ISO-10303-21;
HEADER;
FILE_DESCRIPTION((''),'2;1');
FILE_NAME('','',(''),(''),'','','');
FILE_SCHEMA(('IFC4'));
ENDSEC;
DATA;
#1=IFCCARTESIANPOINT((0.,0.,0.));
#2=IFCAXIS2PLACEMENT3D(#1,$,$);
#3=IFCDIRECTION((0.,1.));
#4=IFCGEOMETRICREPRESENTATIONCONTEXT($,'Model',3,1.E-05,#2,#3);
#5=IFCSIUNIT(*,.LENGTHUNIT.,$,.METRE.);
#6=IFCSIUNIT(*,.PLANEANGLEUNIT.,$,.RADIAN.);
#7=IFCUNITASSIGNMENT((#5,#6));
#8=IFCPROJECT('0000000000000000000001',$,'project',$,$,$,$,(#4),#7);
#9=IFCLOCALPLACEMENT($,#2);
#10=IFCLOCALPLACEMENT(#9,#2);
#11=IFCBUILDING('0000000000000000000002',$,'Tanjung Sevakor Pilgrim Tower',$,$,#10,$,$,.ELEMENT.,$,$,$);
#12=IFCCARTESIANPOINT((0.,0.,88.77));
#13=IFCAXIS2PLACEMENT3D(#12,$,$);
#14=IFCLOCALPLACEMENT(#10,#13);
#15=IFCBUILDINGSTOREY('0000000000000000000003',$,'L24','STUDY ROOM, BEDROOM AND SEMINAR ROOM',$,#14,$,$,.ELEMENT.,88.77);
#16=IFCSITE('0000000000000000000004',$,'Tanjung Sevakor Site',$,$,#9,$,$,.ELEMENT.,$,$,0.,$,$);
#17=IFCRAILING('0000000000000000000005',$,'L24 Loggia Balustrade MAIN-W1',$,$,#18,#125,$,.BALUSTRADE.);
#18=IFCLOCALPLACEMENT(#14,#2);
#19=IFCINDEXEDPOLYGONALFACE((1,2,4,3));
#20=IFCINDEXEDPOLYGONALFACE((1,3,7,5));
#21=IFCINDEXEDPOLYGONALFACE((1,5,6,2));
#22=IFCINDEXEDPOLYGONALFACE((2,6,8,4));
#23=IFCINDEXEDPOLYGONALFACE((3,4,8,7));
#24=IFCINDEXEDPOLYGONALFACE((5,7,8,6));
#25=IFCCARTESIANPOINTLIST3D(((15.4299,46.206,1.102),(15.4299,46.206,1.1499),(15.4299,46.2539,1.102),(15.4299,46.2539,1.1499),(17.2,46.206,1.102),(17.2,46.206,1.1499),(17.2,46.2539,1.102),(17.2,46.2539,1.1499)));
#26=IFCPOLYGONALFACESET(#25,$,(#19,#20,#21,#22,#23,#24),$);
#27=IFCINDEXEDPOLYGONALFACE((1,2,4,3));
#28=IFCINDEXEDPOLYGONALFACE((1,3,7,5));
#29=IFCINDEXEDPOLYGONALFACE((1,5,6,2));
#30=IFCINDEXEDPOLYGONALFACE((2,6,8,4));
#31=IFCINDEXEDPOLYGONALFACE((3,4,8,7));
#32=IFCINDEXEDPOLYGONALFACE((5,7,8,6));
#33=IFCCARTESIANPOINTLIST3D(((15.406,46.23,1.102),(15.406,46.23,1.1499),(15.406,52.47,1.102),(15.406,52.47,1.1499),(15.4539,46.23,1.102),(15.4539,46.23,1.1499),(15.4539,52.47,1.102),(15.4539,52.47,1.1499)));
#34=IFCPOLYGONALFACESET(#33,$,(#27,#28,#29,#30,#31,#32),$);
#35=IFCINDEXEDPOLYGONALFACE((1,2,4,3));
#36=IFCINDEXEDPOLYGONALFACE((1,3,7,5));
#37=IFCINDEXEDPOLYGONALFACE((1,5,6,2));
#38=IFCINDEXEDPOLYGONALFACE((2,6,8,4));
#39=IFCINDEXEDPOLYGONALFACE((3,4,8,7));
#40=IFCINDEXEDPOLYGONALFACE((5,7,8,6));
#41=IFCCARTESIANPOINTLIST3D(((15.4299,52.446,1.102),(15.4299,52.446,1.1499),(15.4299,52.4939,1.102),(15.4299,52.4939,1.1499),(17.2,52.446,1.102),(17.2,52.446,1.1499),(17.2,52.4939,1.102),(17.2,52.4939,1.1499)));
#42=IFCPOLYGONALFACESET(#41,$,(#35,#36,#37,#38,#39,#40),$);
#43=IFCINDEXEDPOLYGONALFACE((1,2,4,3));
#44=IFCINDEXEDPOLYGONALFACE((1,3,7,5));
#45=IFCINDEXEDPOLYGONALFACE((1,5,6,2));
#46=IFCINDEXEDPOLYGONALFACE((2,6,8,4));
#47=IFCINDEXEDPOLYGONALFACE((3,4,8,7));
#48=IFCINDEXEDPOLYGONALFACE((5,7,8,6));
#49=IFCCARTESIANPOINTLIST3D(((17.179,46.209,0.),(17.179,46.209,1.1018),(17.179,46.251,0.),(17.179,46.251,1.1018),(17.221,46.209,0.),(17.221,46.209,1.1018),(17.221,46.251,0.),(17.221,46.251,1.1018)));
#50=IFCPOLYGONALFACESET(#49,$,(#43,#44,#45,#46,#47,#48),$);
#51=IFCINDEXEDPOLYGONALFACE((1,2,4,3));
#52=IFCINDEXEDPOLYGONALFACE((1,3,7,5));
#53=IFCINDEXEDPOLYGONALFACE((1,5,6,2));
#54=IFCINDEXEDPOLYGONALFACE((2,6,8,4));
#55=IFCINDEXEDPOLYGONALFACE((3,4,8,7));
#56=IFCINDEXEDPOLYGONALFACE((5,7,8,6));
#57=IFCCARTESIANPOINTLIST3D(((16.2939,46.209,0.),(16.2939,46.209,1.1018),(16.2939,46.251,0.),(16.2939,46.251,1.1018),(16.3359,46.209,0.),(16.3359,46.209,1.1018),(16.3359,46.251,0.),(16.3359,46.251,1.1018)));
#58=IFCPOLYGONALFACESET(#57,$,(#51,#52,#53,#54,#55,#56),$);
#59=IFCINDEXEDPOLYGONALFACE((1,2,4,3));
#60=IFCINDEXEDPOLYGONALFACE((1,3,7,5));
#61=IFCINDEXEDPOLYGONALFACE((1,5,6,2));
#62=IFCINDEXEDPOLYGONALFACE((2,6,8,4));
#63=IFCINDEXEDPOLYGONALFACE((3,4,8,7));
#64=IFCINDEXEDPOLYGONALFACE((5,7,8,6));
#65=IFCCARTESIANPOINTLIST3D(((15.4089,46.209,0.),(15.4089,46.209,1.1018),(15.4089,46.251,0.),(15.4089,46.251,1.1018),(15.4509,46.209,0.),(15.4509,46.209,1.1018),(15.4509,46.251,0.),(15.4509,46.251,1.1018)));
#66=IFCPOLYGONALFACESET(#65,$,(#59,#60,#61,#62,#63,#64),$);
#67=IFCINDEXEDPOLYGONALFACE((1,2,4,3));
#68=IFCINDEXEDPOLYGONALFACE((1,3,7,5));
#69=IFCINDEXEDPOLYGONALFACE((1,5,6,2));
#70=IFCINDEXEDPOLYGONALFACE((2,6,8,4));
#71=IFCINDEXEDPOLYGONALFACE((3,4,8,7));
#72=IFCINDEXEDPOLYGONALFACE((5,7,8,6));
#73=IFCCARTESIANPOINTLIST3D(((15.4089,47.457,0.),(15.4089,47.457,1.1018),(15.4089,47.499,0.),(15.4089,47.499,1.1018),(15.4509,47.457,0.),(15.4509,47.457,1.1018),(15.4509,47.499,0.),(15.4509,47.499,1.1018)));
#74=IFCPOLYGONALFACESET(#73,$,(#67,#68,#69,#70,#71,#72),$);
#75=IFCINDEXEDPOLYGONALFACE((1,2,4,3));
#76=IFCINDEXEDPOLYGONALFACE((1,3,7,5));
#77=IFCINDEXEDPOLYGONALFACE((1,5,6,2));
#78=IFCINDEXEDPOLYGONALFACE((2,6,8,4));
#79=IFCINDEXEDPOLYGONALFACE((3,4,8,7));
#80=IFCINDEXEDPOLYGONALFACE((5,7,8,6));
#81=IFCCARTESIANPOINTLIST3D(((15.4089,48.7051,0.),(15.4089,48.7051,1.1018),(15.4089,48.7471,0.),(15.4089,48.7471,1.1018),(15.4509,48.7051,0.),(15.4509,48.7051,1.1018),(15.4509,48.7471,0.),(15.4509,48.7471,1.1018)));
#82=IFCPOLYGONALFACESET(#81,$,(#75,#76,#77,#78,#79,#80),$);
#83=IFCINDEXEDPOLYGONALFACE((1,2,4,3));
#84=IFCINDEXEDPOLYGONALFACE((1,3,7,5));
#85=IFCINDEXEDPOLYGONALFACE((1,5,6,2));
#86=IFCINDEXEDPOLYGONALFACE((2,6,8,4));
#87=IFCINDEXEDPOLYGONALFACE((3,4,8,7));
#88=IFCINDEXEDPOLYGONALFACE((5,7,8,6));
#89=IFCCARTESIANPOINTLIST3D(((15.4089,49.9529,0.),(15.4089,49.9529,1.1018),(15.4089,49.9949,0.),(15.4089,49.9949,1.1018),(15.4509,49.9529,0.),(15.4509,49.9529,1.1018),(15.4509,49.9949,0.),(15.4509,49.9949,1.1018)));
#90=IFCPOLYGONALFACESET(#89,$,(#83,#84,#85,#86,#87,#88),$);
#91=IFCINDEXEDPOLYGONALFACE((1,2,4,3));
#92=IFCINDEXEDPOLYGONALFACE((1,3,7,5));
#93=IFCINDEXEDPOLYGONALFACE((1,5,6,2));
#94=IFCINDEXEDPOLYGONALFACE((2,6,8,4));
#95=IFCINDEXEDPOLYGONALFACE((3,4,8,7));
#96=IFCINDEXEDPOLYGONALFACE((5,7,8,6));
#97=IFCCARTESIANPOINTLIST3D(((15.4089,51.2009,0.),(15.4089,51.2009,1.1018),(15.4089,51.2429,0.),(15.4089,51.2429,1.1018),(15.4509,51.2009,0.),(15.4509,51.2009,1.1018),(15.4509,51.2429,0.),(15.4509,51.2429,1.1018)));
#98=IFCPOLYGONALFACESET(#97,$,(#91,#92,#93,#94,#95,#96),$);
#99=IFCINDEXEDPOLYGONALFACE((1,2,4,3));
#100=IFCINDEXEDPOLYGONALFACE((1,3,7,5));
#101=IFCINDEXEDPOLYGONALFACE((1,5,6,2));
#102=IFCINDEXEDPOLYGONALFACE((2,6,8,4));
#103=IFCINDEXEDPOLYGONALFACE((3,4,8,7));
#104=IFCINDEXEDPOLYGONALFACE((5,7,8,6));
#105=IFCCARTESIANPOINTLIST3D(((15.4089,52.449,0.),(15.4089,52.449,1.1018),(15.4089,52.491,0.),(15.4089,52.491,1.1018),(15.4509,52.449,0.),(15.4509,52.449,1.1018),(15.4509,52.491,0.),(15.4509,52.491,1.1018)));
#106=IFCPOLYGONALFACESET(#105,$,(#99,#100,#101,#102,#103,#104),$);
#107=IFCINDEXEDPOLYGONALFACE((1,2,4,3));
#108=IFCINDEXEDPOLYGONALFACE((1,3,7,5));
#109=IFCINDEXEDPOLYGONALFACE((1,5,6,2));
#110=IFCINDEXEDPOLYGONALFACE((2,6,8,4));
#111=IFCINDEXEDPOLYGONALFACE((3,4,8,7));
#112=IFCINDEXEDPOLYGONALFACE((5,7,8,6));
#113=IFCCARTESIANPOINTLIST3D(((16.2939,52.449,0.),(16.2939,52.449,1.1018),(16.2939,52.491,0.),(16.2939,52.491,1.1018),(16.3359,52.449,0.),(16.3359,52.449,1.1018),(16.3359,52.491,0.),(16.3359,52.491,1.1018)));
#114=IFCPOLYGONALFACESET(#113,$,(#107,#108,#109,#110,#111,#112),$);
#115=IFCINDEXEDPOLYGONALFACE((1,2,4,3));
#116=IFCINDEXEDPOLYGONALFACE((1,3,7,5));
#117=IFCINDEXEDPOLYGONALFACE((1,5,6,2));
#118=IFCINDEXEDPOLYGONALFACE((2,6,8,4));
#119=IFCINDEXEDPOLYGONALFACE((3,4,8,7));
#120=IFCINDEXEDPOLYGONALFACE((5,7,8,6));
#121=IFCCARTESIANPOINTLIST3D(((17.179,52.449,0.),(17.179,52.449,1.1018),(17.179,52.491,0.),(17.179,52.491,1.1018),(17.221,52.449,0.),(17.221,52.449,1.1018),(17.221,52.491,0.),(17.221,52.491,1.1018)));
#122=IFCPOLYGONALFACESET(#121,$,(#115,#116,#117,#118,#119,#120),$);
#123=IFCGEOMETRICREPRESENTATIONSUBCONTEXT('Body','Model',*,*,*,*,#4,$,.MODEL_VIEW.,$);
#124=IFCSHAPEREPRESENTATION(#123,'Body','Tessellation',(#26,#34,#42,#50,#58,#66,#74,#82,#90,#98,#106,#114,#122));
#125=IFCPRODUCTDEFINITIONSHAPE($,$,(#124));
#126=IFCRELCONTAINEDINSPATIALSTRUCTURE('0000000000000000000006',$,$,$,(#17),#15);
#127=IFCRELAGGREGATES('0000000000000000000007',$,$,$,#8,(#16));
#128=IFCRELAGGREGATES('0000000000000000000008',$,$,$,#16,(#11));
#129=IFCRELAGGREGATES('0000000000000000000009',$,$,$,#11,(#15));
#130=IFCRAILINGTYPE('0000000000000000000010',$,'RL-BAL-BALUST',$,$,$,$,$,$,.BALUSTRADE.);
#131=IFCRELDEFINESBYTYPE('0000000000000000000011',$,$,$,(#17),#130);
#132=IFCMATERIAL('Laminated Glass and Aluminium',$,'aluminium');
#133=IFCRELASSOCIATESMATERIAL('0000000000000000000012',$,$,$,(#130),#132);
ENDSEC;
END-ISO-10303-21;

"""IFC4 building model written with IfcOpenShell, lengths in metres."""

from ifc_helpers import new_model, si_unit, direction, frame, origin, place, context, subcontext, project, spatial, rectangle, extrude, material, type_object, element, save


model = new_model("IFC4")

# Units and contexts
model_context = context("Model", 3, precision=1e-05, world=origin(), true_north=direction((0.0, 1.0)))
body_context = subcontext(model_context, "Body", "Model", "MODEL_VIEW")
ifc_project = project(units=[si_unit("LENGTHUNIT", "METRE"), si_unit("PLANEANGLEUNIT", "RADIAN")], contexts=[model_context])

# Site, building, storey
site_placement = place(None, origin())
site = spatial("IfcSite", under=ifc_project, at=site_placement, Name="Tanjung Sevakor Site", CompositionType="ELEMENT", RefElevation=0.0)
building_placement = place(site_placement, origin())
building = spatial("IfcBuilding", under=site, at=building_placement, Name="Tanjung Sevakor Pilgrim Tower", CompositionType="ELEMENT")
storey_placement = place(building_placement, frame((0.0, 0.0, 88.77)))
storey = spatial("IfcBuildingStorey", under=building, at=storey_placement, Name="L24", Description="STUDY ROOM, BEDROOM AND SEMINAR ROOM", CompositionType="ELEMENT", Elevation=88.77)

# Railing
ifc_material_1 = material(Name="Laminated Glass and Aluminium", Category="aluminium")
railing_type = type_object("IfcRailingType", Name="RL-BAL-BALUST", PredefinedType="BALUSTRADE", material=ifc_material_1)
railing_1_placement = place(storey_placement, frame((17.2, 46.23, 0.0)))
element("IfcRailing", 1, at=railing_1_placement, inside=storey, type_object=railing_type, Name="L24 Loggia Balustrade MAIN-W1", PredefinedType="BALUSTRADE", context=body_context, shape_type="SweptSolid", body=[
    extrude(rectangle(XDim=0.0479, YDim=0.0479), frame((0.0, 0.0, 1.126), z_axis=(-1.0, 0.0, 0.0), x_axis=(0.0, -1.0, 0.0)), (0.0, 0.0, 1.0), 1.77),
    extrude(rectangle(XDim=0.0479, YDim=0.0479), frame((-1.77, 0.0, 1.126), z_axis=(0.0, 1.0, 0.0), x_axis=(-1.0, 0.0, 0.0)), (0.0, 0.0, 1.0), 6.24),
    extrude(rectangle(XDim=0.0479, YDim=0.0479), frame((-1.77, 6.24, 1.126), z_axis=(1.0, 0.0, 0.0), x_axis=(0.0, 1.0, 0.0)), (0.0, 0.0, 1.0), 1.77),
    extrude(rectangle(XDim=0.042, YDim=0.042), origin(), (0.0, 0.0, 1.0), 1.1018),
    extrude(rectangle(XDim=0.042, YDim=0.042), frame((-0.885, 0.0, 0.0)), (0.0, 0.0, 1.0), 1.1018),
    extrude(rectangle(XDim=0.042, YDim=0.042), frame((-1.77, 0.0, 0.0)), (0.0, 0.0, 1.0), 1.1018),
    extrude(rectangle(XDim=0.042, YDim=0.042), frame((-1.77, 1.248, 0.0)), (0.0, 0.0, 1.0), 1.1018),
    extrude(rectangle(XDim=0.042, YDim=0.042), frame((-1.77, 2.4961, 0.0)), (0.0, 0.0, 1.0), 1.1018),
    extrude(rectangle(XDim=0.042, YDim=0.042), frame((-1.77, 3.7439, 0.0)), (0.0, 0.0, 1.0), 1.1018),
    extrude(rectangle(XDim=0.042, YDim=0.042), frame((-1.77, 4.9919, 0.0)), (0.0, 0.0, 1.0), 1.1018),
    extrude(rectangle(XDim=0.042, YDim=0.042), frame((-1.77, 6.24, 0.0)), (0.0, 0.0, 1.0), 1.1018),
    extrude(rectangle(XDim=0.042, YDim=0.042), frame((-0.885, 6.24, 0.0)), (0.0, 0.0, 1.0), 1.1018),
    extrude(rectangle(XDim=0.042, YDim=0.042), frame((0.0, 6.24, 0.0)), (0.0, 0.0, 1.0), 1.1018),
])

save(model, "model.ifc")
